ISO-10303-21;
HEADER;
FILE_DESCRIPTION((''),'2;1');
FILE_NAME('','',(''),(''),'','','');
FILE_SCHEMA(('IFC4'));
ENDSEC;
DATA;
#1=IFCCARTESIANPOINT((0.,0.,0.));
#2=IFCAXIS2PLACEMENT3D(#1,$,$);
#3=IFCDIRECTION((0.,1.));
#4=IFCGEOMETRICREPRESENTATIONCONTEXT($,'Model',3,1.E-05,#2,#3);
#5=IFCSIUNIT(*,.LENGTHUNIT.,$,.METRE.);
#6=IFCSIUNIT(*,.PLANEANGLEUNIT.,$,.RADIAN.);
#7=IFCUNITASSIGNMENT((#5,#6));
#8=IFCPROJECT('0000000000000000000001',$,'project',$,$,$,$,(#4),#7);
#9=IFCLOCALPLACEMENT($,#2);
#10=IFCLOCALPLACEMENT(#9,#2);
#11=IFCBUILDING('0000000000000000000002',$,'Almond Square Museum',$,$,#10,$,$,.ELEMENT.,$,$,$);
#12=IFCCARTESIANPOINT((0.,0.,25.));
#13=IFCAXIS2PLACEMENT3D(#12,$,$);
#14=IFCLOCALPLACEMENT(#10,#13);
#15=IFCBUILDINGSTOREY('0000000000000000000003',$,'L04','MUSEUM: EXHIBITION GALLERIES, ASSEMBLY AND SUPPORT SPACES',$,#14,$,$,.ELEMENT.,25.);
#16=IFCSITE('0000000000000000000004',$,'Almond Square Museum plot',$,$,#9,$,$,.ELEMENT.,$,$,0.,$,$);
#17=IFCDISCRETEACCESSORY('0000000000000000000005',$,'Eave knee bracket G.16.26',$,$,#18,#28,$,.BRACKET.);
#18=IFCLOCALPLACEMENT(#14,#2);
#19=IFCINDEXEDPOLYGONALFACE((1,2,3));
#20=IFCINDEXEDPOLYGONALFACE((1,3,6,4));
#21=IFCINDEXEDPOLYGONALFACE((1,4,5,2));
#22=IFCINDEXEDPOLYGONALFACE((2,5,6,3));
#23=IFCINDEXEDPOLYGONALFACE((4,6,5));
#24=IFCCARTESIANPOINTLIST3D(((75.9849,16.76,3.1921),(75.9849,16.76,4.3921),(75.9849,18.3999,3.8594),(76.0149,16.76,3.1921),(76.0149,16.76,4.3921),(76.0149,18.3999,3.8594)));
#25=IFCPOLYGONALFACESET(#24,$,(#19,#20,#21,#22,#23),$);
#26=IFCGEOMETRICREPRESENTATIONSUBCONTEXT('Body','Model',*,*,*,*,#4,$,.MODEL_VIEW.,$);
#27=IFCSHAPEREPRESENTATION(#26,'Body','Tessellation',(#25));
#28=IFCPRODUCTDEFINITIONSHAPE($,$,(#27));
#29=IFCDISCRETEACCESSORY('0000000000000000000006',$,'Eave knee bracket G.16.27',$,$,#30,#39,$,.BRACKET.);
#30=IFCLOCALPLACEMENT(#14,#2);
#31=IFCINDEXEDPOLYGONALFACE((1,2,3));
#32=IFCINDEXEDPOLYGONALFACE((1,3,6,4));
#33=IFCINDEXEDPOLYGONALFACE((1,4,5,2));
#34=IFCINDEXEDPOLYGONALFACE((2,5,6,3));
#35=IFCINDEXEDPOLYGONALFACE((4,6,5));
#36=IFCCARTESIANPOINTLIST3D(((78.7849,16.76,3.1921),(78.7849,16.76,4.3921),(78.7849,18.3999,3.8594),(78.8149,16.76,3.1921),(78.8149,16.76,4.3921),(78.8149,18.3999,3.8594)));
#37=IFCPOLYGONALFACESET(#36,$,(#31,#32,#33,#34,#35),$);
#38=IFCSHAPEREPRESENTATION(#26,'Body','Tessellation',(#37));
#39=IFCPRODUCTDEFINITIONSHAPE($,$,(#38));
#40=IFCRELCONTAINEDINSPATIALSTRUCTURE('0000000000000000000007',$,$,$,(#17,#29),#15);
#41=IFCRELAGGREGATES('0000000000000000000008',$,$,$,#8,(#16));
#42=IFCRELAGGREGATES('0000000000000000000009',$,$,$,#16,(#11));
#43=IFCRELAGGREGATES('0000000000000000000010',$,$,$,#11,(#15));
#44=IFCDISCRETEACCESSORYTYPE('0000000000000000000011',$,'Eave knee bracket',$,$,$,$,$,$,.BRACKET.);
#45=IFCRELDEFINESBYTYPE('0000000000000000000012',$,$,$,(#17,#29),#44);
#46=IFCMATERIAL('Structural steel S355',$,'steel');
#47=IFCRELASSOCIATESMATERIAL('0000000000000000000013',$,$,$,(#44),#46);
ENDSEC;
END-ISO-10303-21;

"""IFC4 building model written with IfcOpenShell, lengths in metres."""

from ifc_helpers import new_model, si_unit, direction, frame, origin, place, context, subcontext, project, spatial, polyline, outline, extrude, material, type_object, element, save


model = new_model("IFC4")

# Units and contexts
model_context = context("Model", 3, precision=1e-05, world=origin(), true_north=direction((0.0, 1.0)))
body_context = subcontext(model_context, "Body", "Model", "MODEL_VIEW")
ifc_project = project(units=[si_unit("LENGTHUNIT", "METRE"), si_unit("PLANEANGLEUNIT", "RADIAN")], contexts=[model_context])

# Site, building, storey
site_placement = place(None, origin())
site = spatial("IfcSite", under=ifc_project, at=site_placement, Name="Almond Square Museum plot", CompositionType="ELEMENT", RefElevation=0.0)
building_placement = place(site_placement, origin())
building = spatial("IfcBuilding", under=site, at=building_placement, Name="Almond Square Museum", CompositionType="ELEMENT")
storey_placement = place(building_placement, frame((0.0, 0.0, 25.0)))
storey = spatial("IfcBuildingStorey", under=building, at=storey_placement, Name="L04", Description="MUSEUM: EXHIBITION GALLERIES, ASSEMBLY AND SUPPORT SPACES", CompositionType="ELEMENT", Elevation=25.0)

# Discrete accessories
ifc_material_1 = material(Name="Structural steel S355", Category="steel")
discrete_accessory_type = type_object("IfcDiscreteAccessoryType", Name="Eave knee bracket", PredefinedType="BRACKET", material=ifc_material_1)
for number, where, z_axis, x_axis, name in (
    (1, (76.0, 16.76, 4.3921), (1.0, 0.0, 0.0), (0.0, 0.0, -1.0), "Eave knee bracket G.16.26"),
    (2, (78.8, 16.76, 4.3921), (1.0, 0.0, 0.0), (0.0, 0.0, -1.0), "Eave knee bracket G.16.27"),
):
    element("IfcDiscreteAccessory", number, at=place(storey_placement, frame(where, z_axis=z_axis, x_axis=x_axis)), inside=storey, type_object=discrete_accessory_type, Name=name, PredefinedType="BRACKET", context=body_context, shape_type="SweptSolid", body=[
        extrude(outline(polyline([(0.0, 0.0), (1.2, 0.0), (0.5327, 1.6399), (0.0, 0.0)])), frame((0.0, 0.0, -0.0151)), (0.0, 0.0, 1.0), 0.03),
    ])

save(model, "model.ifc")
